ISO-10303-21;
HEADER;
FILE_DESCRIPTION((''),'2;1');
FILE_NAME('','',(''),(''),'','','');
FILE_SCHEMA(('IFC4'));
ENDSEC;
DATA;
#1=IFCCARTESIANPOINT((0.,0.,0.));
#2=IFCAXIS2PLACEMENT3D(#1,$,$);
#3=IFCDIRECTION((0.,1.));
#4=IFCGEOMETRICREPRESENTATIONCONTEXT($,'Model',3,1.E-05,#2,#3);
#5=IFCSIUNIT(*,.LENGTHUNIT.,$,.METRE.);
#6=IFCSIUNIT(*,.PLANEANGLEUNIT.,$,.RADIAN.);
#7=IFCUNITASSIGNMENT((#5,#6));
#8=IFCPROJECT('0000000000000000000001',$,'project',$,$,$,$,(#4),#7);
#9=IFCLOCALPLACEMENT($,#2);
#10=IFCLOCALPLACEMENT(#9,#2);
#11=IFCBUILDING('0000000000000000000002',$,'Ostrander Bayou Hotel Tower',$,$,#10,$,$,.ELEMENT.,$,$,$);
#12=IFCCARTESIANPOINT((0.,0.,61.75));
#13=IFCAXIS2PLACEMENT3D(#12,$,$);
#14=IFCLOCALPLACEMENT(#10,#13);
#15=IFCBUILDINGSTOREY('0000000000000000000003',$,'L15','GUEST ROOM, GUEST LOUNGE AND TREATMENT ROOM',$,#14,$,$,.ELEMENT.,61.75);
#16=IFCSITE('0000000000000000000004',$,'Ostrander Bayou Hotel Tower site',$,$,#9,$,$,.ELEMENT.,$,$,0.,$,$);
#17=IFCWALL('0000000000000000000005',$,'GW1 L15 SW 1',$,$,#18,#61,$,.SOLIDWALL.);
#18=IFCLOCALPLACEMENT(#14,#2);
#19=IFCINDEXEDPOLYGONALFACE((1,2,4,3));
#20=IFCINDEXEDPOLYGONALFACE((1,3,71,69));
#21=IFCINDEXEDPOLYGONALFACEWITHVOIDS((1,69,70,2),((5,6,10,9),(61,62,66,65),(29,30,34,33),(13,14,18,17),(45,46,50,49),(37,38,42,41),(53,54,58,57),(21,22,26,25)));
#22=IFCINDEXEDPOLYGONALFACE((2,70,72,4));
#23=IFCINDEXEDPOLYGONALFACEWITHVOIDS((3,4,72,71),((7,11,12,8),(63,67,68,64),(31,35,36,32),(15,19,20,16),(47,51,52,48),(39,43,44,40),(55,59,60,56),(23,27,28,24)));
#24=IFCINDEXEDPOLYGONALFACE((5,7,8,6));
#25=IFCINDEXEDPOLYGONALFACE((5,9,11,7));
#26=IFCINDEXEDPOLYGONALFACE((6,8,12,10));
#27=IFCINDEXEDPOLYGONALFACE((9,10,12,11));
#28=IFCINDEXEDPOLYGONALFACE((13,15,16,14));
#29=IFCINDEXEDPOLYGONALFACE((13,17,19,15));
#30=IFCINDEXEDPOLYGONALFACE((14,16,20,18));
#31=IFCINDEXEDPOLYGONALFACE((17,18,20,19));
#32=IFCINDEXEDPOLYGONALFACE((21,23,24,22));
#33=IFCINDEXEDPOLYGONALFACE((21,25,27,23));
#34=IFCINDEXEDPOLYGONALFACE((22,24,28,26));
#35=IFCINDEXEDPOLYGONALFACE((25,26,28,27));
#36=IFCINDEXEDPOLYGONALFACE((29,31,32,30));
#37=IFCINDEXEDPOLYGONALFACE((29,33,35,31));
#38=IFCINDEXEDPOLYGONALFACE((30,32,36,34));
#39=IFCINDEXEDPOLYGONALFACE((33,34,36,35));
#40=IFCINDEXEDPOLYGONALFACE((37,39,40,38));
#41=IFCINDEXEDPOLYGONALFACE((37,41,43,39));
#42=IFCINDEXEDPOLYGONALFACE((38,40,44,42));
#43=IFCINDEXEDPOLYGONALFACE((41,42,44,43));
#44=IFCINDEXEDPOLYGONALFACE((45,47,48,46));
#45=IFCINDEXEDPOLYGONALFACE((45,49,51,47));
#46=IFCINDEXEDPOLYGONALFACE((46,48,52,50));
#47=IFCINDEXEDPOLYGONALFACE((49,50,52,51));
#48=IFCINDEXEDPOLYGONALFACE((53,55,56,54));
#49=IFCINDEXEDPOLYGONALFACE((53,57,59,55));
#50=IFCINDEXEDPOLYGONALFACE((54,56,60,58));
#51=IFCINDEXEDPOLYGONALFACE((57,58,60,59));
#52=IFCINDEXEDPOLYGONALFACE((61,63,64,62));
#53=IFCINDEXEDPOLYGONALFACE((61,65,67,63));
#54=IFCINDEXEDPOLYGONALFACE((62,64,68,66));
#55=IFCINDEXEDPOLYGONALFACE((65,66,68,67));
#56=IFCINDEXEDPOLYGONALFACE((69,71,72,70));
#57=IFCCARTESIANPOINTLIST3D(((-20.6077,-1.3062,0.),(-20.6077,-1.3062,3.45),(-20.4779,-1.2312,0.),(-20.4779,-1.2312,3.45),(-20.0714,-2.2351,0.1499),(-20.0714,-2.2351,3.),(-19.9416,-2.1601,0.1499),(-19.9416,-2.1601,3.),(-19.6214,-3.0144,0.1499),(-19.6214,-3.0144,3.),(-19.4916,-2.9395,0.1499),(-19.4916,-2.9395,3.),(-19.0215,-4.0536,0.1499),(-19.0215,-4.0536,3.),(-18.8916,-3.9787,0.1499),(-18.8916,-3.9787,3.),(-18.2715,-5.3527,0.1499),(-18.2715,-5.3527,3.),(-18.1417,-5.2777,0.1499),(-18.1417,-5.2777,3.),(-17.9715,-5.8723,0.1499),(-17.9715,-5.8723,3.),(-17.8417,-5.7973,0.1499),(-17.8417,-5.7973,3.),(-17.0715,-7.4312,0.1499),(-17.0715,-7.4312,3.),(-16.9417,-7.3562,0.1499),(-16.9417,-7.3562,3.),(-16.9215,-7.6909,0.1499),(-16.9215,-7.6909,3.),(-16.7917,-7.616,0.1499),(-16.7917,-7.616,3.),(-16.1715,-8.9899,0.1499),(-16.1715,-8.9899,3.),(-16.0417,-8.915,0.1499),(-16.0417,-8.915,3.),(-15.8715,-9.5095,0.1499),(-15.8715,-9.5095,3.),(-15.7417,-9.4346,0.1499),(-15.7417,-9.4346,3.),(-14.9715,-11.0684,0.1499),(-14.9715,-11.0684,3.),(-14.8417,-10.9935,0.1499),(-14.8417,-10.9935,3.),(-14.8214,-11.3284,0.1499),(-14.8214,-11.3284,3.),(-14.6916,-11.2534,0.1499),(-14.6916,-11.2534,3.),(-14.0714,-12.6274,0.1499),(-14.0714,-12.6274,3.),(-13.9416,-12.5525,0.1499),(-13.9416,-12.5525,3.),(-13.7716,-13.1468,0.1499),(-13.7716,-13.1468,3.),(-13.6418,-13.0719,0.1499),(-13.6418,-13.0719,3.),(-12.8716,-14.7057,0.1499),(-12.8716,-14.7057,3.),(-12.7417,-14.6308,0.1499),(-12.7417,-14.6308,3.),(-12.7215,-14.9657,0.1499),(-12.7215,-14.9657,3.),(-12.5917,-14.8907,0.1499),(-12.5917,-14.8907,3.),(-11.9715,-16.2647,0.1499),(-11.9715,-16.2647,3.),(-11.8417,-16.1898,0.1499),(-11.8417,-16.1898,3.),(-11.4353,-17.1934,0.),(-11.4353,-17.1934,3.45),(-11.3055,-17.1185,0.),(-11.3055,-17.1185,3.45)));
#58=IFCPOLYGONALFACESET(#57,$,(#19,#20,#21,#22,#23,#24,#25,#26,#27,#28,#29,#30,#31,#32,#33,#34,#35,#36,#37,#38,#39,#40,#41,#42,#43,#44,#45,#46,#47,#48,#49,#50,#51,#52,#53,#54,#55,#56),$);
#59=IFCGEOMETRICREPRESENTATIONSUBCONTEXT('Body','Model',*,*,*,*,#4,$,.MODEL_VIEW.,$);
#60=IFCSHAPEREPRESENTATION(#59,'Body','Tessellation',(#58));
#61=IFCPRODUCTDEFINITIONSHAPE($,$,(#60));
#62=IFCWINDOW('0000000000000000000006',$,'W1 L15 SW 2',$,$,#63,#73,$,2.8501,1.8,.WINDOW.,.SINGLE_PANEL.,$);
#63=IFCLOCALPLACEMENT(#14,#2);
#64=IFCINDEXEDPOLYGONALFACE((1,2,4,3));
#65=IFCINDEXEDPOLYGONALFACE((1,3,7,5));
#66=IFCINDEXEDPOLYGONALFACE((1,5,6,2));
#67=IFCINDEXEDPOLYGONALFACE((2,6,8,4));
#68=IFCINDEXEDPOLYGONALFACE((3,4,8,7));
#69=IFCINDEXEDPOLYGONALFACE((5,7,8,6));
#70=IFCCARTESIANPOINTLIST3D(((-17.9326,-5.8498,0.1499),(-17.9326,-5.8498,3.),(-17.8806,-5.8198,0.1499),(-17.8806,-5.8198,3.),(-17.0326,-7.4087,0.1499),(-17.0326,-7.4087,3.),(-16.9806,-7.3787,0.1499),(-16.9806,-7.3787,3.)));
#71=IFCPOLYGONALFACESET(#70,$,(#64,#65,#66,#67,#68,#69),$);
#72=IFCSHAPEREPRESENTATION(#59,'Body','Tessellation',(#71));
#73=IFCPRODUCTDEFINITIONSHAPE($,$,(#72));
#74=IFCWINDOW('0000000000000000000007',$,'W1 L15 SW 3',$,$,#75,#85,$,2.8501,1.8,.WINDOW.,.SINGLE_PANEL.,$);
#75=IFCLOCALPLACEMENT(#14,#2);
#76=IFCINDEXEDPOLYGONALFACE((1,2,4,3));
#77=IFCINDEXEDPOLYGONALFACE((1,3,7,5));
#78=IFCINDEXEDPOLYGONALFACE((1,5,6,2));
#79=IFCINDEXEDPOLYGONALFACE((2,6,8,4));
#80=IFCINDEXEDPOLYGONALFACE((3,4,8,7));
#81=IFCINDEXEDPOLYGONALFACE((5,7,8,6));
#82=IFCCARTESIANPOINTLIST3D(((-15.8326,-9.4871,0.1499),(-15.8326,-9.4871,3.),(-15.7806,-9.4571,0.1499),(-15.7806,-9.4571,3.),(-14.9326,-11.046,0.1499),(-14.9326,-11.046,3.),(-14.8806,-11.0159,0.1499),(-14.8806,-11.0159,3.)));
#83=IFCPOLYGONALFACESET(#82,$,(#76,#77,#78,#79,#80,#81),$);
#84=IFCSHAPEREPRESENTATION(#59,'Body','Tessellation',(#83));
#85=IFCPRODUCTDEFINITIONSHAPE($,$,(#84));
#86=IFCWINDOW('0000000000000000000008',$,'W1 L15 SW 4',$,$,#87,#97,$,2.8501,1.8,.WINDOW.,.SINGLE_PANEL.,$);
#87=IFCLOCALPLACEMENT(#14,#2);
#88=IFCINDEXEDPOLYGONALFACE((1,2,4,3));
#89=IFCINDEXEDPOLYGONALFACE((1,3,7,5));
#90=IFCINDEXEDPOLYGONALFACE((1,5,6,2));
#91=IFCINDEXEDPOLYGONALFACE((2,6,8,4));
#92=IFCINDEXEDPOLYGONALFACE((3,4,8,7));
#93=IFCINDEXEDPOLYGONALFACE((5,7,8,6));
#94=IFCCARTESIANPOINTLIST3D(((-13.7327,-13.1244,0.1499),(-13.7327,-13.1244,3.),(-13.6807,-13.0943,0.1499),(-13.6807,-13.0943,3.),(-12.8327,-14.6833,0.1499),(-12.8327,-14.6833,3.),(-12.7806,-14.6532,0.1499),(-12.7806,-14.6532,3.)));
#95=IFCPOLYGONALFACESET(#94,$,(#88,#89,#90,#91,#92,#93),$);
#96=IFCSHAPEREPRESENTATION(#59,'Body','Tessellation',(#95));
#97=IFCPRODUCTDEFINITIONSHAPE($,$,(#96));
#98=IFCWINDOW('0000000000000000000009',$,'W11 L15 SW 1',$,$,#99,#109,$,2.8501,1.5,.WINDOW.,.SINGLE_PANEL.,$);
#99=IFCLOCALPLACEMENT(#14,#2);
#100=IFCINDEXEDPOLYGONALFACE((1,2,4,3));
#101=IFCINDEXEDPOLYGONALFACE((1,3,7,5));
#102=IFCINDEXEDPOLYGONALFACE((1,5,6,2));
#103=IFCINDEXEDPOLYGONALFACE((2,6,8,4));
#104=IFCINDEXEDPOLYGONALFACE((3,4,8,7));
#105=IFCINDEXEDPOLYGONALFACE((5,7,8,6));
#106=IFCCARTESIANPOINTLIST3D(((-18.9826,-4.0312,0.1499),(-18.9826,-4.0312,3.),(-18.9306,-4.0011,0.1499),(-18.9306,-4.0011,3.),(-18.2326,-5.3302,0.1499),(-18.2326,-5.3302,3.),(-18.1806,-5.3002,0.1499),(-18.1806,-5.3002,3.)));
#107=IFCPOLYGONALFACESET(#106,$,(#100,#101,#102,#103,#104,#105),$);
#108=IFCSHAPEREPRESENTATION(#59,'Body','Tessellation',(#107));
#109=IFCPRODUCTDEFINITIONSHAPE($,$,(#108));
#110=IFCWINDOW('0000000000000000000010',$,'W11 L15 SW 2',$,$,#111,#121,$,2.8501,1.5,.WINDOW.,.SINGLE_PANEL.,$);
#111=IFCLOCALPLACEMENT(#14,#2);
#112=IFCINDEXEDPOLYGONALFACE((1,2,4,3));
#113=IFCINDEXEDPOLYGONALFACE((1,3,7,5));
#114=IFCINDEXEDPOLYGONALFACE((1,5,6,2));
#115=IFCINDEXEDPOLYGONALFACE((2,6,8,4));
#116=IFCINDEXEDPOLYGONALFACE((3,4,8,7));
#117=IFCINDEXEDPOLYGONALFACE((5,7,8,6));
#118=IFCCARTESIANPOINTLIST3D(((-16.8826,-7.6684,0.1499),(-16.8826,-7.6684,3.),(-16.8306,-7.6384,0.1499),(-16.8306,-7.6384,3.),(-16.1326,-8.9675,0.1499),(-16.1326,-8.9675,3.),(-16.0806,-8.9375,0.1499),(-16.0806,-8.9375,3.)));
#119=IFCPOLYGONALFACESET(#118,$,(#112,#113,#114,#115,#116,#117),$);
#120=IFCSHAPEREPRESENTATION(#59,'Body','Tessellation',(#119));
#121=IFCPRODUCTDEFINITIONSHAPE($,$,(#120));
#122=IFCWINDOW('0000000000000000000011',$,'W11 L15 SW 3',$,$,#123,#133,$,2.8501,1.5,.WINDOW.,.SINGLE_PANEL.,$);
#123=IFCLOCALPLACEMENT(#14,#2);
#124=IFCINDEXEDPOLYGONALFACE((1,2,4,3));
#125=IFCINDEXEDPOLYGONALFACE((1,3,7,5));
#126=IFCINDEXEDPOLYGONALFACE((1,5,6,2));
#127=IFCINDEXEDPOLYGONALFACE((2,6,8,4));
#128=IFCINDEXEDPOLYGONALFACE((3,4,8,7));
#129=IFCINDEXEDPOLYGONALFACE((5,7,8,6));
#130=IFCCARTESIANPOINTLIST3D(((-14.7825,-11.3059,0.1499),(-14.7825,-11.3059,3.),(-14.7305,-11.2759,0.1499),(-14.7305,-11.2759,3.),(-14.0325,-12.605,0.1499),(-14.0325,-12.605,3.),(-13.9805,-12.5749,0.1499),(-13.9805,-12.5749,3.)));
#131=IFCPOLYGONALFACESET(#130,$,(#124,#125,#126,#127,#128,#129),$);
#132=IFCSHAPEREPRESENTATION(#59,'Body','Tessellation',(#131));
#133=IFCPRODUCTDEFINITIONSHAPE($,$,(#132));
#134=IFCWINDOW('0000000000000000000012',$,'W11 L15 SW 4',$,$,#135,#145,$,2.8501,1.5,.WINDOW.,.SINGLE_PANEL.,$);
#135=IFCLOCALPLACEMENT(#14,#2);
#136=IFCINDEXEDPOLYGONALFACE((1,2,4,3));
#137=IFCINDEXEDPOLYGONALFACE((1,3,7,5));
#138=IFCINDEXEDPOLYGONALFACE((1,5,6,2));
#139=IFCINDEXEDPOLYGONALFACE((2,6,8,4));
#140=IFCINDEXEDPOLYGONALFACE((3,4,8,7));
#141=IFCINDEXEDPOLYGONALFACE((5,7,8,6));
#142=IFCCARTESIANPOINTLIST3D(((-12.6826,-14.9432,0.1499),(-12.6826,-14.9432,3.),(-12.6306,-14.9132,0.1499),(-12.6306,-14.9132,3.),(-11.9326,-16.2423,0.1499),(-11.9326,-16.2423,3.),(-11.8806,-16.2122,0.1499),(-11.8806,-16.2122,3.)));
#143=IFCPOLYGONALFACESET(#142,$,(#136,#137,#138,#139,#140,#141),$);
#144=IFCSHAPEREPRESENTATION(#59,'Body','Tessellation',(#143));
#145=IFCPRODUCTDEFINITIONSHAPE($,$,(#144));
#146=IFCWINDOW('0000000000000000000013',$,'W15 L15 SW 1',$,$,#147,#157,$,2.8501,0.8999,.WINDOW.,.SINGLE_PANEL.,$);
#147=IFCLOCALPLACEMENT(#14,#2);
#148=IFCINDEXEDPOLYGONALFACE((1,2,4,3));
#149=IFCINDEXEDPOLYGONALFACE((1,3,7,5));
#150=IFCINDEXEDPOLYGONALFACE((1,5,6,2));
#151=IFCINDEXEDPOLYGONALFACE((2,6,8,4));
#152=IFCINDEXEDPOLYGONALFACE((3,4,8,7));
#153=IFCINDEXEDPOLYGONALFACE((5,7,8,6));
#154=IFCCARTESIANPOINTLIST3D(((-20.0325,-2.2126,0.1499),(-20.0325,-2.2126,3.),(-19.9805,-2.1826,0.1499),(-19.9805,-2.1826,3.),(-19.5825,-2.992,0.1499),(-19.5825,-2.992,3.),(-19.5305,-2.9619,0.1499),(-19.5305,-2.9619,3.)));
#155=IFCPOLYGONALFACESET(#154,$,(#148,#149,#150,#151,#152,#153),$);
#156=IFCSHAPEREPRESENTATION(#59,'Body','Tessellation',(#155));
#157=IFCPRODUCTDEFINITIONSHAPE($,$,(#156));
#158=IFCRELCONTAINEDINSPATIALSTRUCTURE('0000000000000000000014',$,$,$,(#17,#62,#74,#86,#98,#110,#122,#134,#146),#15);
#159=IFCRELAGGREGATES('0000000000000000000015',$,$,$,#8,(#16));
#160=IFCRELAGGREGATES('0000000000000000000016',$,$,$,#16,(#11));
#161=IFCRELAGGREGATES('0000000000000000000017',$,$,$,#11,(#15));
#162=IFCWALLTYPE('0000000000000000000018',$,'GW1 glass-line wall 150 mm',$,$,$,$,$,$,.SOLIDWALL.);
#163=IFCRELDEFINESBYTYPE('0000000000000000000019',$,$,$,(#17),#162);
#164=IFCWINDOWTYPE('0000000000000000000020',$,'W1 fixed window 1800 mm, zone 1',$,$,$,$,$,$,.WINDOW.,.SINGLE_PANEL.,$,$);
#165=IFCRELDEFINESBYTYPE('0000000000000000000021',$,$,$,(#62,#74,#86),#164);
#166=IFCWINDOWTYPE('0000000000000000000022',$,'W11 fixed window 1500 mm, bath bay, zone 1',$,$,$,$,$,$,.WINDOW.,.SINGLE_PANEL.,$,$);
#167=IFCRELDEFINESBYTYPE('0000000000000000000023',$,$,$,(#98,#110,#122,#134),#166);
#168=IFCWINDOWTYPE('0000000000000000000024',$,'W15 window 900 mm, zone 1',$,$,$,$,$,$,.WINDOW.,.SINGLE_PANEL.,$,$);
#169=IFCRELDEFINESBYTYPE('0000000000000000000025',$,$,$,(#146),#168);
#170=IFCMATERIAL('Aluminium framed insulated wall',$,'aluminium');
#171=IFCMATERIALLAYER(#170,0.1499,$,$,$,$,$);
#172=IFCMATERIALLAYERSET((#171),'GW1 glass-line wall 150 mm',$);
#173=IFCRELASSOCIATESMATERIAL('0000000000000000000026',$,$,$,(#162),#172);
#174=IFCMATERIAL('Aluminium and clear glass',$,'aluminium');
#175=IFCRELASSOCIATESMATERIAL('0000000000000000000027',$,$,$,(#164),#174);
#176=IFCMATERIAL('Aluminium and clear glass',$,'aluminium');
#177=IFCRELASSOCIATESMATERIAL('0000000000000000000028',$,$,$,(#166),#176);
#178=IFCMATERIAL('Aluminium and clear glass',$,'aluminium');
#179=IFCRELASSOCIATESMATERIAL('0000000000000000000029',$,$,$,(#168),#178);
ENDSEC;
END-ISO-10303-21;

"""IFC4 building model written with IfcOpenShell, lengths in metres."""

from ifc_helpers import new_model, si_unit, direction, frame, frame_2d, origin, place, context, subcontext, project, spatial, rectangle, extrude, material, layer, layer_set, type_object, element, fill, save


model = new_model("IFC4")

# Units and contexts
model_context = context("Model", 3, precision=1e-05, world=origin(), true_north=direction((0.0, 1.0)))
body_context = subcontext(model_context, "Body", "Model", "MODEL_VIEW")
ifc_project = project(units=[si_unit("LENGTHUNIT", "METRE"), si_unit("PLANEANGLEUNIT", "RADIAN")], contexts=[model_context])

# Site, building, storey
site_placement = place(None, origin())
site = spatial("IfcSite", under=ifc_project, at=site_placement, Name="Ostrander Bayou Hotel Tower site", CompositionType="ELEMENT", RefElevation=0.0)
building_placement = place(site_placement, origin())
building = spatial("IfcBuilding", under=site, at=building_placement, Name="Ostrander Bayou Hotel Tower", CompositionType="ELEMENT")
storey_placement = place(building_placement, frame((0.0, 0.0, 61.75)))
storey = spatial("IfcBuildingStorey", under=building, at=storey_placement, Name="L15", Description="GUEST ROOM, GUEST LOUNGE AND TREATMENT ROOM", CompositionType="ELEMENT", Elevation=61.75)

# Wall, openings, windows
ifc_material_1 = material(Name="Aluminium framed insulated wall", Category="aluminium")
ifc_layer_1 = layer(ifc_material_1, 0.1499)
ifc_layer_set_1 = layer_set([ifc_layer_1], Name="GW1 glass-line wall 150 mm")
wall_type_1 = type_object("IfcWallType", Name="GW1 glass-line wall 150 mm", PredefinedType="SOLIDWALL", material=ifc_layer_set_1)
wall_1_placement = place(storey_placement, frame((-20.5427, -1.2688, 0.0), z_axis=(0.0, 0.0, 1.0), x_axis=(0.499995, -0.866028, 0.0)))
wall_1 = element("IfcWall", 1, at=wall_1_placement, inside=storey, type_object=wall_type_1, Name="GW1 L15 SW 1", PredefinedType="SOLIDWALL", context=body_context, shape_type="SweptSolid", body=[
    extrude(rectangle(XDim=18.345, YDim=0.1499, at=frame_2d((9.1724, 0.0))), origin(), (0.0, 0.0, 1.0), 3.45),
])
opening_1_placement = place(wall_1_placement, frame((1.0725, 0.0, 0.1499)))
opening_1 = element("IfcOpeningElement", 2, at=opening_1_placement, cuts=wall_1, PredefinedType="OPENING", context=body_context, shape_type="SweptSolid", body=[
    extrude(rectangle(XDim=0.8999, YDim=2.8501, at=frame_2d((0.45, 1.425))), frame((0.0, 0.075, 0.0), z_axis=(0.0, -1.0, 0.0), x_axis=(1.0, 0.0, 0.0)), (0.0, 0.0, 1.0), 0.1499),
])
opening_2_placement = place(wall_1_placement, frame((3.1724, 0.0, 0.1499)))
opening_2 = element("IfcOpeningElement", 3, at=opening_2_placement, cuts=wall_1, PredefinedType="OPENING", context=body_context, shape_type="SweptSolid", body=[
    extrude(rectangle(XDim=1.5, YDim=2.8501, at=frame_2d((0.75, 1.425))), frame((0.0, 0.075, 0.0), z_axis=(0.0, -1.0, 0.0), x_axis=(1.0, 0.0, 0.0)), (0.0, 0.0, 1.0), 0.1499),
])
opening_3_placement = place(wall_1_placement, frame((5.2725, 0.0, 0.1499)))
opening_3 = element("IfcOpeningElement", 4, at=opening_3_placement, cuts=wall_1, PredefinedType="OPENING", context=body_context, shape_type="SweptSolid", body=[
    extrude(rectangle(XDim=1.8, YDim=2.8501, at=frame_2d((0.8999, 1.425))), frame((0.0, 0.075, 0.0), z_axis=(0.0, -1.0, 0.0), x_axis=(1.0, 0.0, 0.0)), (0.0, 0.0, 1.0), 0.1499),
])
opening_4_placement = place(wall_1_placement, frame((7.3723, 0.0, 0.1499)))
opening_4 = element("IfcOpeningElement", 5, at=opening_4_placement, cuts=wall_1, PredefinedType="OPENING", context=body_context, shape_type="SweptSolid", body=[
    extrude(rectangle(XDim=1.5, YDim=2.8501, at=frame_2d((0.75, 1.425))), frame((0.0, 0.075, 0.0), z_axis=(0.0, -1.0, 0.0), x_axis=(1.0, 0.0, 0.0)), (0.0, 0.0, 1.0), 0.1499),
])
opening_5_placement = place(wall_1_placement, frame((9.4724, 0.0, 0.1499)))
opening_5 = element("IfcOpeningElement", 6, at=opening_5_placement, cuts=wall_1, PredefinedType="OPENING", context=body_context, shape_type="SweptSolid", body=[
    extrude(rectangle(XDim=1.8, YDim=2.8501, at=frame_2d((0.8999, 1.425))), frame((0.0, 0.075, 0.0), z_axis=(0.0, -1.0, 0.0), x_axis=(1.0, 0.0, 0.0)), (0.0, 0.0, 1.0), 0.1499),
])
opening_6_placement = place(wall_1_placement, frame((11.5725, 0.0, 0.1499)))
opening_6 = element("IfcOpeningElement", 7, at=opening_6_placement, cuts=wall_1, PredefinedType="OPENING", context=body_context, shape_type="SweptSolid", body=[
    extrude(rectangle(XDim=1.5, YDim=2.8501, at=frame_2d((0.75, 1.425))), frame((0.0, 0.075, 0.0), z_axis=(0.0, -1.0, 0.0), x_axis=(1.0, 0.0, 0.0)), (0.0, 0.0, 1.0), 0.1499),
])
opening_7_placement = place(wall_1_placement, frame((13.6724, 0.0, 0.1499)))
opening_7 = element("IfcOpeningElement", 8, at=opening_7_placement, cuts=wall_1, PredefinedType="OPENING", context=body_context, shape_type="SweptSolid", body=[
    extrude(rectangle(XDim=1.8, YDim=2.8501, at=frame_2d((0.8999, 1.425))), frame((0.0, 0.075, 0.0), z_axis=(0.0, -1.0, 0.0), x_axis=(1.0, 0.0, 0.0)), (0.0, 0.0, 1.0), 0.1499),
])
opening_8_placement = place(wall_1_placement, frame((15.7725, 0.0, 0.1499)))
opening_8 = element("IfcOpeningElement", 9, at=opening_8_placement, cuts=wall_1, PredefinedType="OPENING", context=body_context, shape_type="SweptSolid", body=[
    extrude(rectangle(XDim=1.5, YDim=2.8501, at=frame_2d((0.75, 1.425))), frame((0.0, 0.075, 0.0), z_axis=(0.0, -1.0, 0.0), x_axis=(1.0, 0.0, 0.0)), (0.0, 0.0, 1.0), 0.1499),
])
ifc_material_2 = material(Name="Aluminium and clear glass", Category="aluminium")
window_type_1 = type_object("IfcWindowType", Name="W1 fixed window 1800 mm, zone 1", PartitioningType="SINGLE_PANEL", PredefinedType="WINDOW", material=ifc_material_2)
window_1_placement = place(opening_3_placement, origin())
window_1 = element("IfcWindow", 10, at=window_1_placement, inside=storey, type_object=window_type_1, Name="W1 L15 SW 2", OverallHeight=2.8501, OverallWidth=1.8, PartitioningType="SINGLE_PANEL", PredefinedType="WINDOW", context=body_context, shape_type="SweptSolid", body=[
    extrude(rectangle(XDim=1.8, YDim=2.8501, at=frame_2d((0.8999, 1.425))), frame((0.0, 0.03, 0.0), z_axis=(0.0, -1.0, 0.0), x_axis=(1.0, 0.0, 0.0)), (0.0, 0.0, 1.0), 0.0601),
])
fill(opening_3, window_1)
window_2_placement = place(opening_5_placement, origin())
window_2 = element("IfcWindow", 11, at=window_2_placement, inside=storey, type_object=window_type_1, Name="W1 L15 SW 3", OverallHeight=2.8501, OverallWidth=1.8, PartitioningType="SINGLE_PANEL", PredefinedType="WINDOW", context=body_context, shape_type="SweptSolid", body=[
    extrude(rectangle(XDim=1.8, YDim=2.8501, at=frame_2d((0.8999, 1.425))), frame((0.0, 0.03, 0.0), z_axis=(0.0, -1.0, 0.0), x_axis=(1.0, 0.0, 0.0)), (0.0, 0.0, 1.0), 0.0601),
])
fill(opening_5, window_2)
window_3_placement = place(opening_7_placement, origin())
window_3 = element("IfcWindow", 12, at=window_3_placement, inside=storey, type_object=window_type_1, Name="W1 L15 SW 4", OverallHeight=2.8501, OverallWidth=1.8, PartitioningType="SINGLE_PANEL", PredefinedType="WINDOW", context=body_context, shape_type="SweptSolid", body=[
    extrude(rectangle(XDim=1.8, YDim=2.8501, at=frame_2d((0.8999, 1.425))), frame((0.0, 0.03, 0.0), z_axis=(0.0, -1.0, 0.0), x_axis=(1.0, 0.0, 0.0)), (0.0, 0.0, 1.0), 0.0601),
])
fill(opening_7, window_3)
ifc_material_3 = material(Name="Aluminium and clear glass", Category="aluminium")
window_type_2 = type_object("IfcWindowType", Name="W11 fixed window 1500 mm, bath bay, zone 1", PartitioningType="SINGLE_PANEL", PredefinedType="WINDOW", material=ifc_material_3)
window_4_placement = place(opening_2_placement, origin())
window_4 = element("IfcWindow", 13, at=window_4_placement, inside=storey, type_object=window_type_2, Name="W11 L15 SW 1", OverallHeight=2.8501, OverallWidth=1.5, PartitioningType="SINGLE_PANEL", PredefinedType="WINDOW", context=body_context, shape_type="SweptSolid", body=[
    extrude(rectangle(XDim=1.5, YDim=2.8501, at=frame_2d((0.75, 1.425))), frame((0.0, 0.03, 0.0), z_axis=(0.0, -1.0, 0.0), x_axis=(1.0, 0.0, 0.0)), (0.0, 0.0, 1.0), 0.0601),
])
fill(opening_2, window_4)
window_5_placement = place(opening_4_placement, origin())
window_5 = element("IfcWindow", 14, at=window_5_placement, inside=storey, type_object=window_type_2, Name="W11 L15 SW 2", OverallHeight=2.8501, OverallWidth=1.5, PartitioningType="SINGLE_PANEL", PredefinedType="WINDOW", context=body_context, shape_type="SweptSolid", body=[
    extrude(rectangle(XDim=1.5, YDim=2.8501, at=frame_2d((0.75, 1.425))), frame((0.0, 0.03, 0.0), z_axis=(0.0, -1.0, 0.0), x_axis=(1.0, 0.0, 0.0)), (0.0, 0.0, 1.0), 0.0601),
])
fill(opening_4, window_5)
window_6_placement = place(opening_6_placement, origin())
window_6 = element("IfcWindow", 15, at=window_6_placement, inside=storey, type_object=window_type_2, Name="W11 L15 SW 3", OverallHeight=2.8501, OverallWidth=1.5, PartitioningType="SINGLE_PANEL", PredefinedType="WINDOW", context=body_context, shape_type="SweptSolid", body=[
    extrude(rectangle(XDim=1.5, YDim=2.8501, at=frame_2d((0.75, 1.425))), frame((0.0, 0.03, 0.0), z_axis=(0.0, -1.0, 0.0), x_axis=(1.0, 0.0, 0.0)), (0.0, 0.0, 1.0), 0.0601),
])
fill(opening_6, window_6)
window_7_placement = place(opening_8_placement, origin())
window_7 = element("IfcWindow", 16, at=window_7_placement, inside=storey, type_object=window_type_2, Name="W11 L15 SW 4", OverallHeight=2.8501, OverallWidth=1.5, PartitioningType="SINGLE_PANEL", PredefinedType="WINDOW", context=body_context, shape_type="SweptSolid", body=[
    extrude(rectangle(XDim=1.5, YDim=2.8501, at=frame_2d((0.75, 1.425))), frame((0.0, 0.03, 0.0), z_axis=(0.0, -1.0, 0.0), x_axis=(1.0, 0.0, 0.0)), (0.0, 0.0, 1.0), 0.0601),
])
fill(opening_8, window_7)
ifc_material_4 = material(Name="Aluminium and clear glass", Category="aluminium")
window_type_3 = type_object("IfcWindowType", Name="W15 window 900 mm, zone 1", PartitioningType="SINGLE_PANEL", PredefinedType="WINDOW", material=ifc_material_4)
window_8_placement = place(opening_1_placement, origin())
window_8 = element("IfcWindow", 17, at=window_8_placement, inside=storey, type_object=window_type_3, Name="W15 L15 SW 1", OverallHeight=2.8501, OverallWidth=0.8999, PartitioningType="SINGLE_PANEL", PredefinedType="WINDOW", context=body_context, shape_type="SweptSolid", body=[
    extrude(rectangle(XDim=0.8999, YDim=2.8501, at=frame_2d((0.45, 1.425))), frame((0.0, 0.03, 0.0), z_axis=(0.0, -1.0, 0.0), x_axis=(1.0, 0.0, 0.0)), (0.0, 0.0, 1.0), 0.0601),
])
fill(opening_1, window_8)

save(model, "model.ifc")
